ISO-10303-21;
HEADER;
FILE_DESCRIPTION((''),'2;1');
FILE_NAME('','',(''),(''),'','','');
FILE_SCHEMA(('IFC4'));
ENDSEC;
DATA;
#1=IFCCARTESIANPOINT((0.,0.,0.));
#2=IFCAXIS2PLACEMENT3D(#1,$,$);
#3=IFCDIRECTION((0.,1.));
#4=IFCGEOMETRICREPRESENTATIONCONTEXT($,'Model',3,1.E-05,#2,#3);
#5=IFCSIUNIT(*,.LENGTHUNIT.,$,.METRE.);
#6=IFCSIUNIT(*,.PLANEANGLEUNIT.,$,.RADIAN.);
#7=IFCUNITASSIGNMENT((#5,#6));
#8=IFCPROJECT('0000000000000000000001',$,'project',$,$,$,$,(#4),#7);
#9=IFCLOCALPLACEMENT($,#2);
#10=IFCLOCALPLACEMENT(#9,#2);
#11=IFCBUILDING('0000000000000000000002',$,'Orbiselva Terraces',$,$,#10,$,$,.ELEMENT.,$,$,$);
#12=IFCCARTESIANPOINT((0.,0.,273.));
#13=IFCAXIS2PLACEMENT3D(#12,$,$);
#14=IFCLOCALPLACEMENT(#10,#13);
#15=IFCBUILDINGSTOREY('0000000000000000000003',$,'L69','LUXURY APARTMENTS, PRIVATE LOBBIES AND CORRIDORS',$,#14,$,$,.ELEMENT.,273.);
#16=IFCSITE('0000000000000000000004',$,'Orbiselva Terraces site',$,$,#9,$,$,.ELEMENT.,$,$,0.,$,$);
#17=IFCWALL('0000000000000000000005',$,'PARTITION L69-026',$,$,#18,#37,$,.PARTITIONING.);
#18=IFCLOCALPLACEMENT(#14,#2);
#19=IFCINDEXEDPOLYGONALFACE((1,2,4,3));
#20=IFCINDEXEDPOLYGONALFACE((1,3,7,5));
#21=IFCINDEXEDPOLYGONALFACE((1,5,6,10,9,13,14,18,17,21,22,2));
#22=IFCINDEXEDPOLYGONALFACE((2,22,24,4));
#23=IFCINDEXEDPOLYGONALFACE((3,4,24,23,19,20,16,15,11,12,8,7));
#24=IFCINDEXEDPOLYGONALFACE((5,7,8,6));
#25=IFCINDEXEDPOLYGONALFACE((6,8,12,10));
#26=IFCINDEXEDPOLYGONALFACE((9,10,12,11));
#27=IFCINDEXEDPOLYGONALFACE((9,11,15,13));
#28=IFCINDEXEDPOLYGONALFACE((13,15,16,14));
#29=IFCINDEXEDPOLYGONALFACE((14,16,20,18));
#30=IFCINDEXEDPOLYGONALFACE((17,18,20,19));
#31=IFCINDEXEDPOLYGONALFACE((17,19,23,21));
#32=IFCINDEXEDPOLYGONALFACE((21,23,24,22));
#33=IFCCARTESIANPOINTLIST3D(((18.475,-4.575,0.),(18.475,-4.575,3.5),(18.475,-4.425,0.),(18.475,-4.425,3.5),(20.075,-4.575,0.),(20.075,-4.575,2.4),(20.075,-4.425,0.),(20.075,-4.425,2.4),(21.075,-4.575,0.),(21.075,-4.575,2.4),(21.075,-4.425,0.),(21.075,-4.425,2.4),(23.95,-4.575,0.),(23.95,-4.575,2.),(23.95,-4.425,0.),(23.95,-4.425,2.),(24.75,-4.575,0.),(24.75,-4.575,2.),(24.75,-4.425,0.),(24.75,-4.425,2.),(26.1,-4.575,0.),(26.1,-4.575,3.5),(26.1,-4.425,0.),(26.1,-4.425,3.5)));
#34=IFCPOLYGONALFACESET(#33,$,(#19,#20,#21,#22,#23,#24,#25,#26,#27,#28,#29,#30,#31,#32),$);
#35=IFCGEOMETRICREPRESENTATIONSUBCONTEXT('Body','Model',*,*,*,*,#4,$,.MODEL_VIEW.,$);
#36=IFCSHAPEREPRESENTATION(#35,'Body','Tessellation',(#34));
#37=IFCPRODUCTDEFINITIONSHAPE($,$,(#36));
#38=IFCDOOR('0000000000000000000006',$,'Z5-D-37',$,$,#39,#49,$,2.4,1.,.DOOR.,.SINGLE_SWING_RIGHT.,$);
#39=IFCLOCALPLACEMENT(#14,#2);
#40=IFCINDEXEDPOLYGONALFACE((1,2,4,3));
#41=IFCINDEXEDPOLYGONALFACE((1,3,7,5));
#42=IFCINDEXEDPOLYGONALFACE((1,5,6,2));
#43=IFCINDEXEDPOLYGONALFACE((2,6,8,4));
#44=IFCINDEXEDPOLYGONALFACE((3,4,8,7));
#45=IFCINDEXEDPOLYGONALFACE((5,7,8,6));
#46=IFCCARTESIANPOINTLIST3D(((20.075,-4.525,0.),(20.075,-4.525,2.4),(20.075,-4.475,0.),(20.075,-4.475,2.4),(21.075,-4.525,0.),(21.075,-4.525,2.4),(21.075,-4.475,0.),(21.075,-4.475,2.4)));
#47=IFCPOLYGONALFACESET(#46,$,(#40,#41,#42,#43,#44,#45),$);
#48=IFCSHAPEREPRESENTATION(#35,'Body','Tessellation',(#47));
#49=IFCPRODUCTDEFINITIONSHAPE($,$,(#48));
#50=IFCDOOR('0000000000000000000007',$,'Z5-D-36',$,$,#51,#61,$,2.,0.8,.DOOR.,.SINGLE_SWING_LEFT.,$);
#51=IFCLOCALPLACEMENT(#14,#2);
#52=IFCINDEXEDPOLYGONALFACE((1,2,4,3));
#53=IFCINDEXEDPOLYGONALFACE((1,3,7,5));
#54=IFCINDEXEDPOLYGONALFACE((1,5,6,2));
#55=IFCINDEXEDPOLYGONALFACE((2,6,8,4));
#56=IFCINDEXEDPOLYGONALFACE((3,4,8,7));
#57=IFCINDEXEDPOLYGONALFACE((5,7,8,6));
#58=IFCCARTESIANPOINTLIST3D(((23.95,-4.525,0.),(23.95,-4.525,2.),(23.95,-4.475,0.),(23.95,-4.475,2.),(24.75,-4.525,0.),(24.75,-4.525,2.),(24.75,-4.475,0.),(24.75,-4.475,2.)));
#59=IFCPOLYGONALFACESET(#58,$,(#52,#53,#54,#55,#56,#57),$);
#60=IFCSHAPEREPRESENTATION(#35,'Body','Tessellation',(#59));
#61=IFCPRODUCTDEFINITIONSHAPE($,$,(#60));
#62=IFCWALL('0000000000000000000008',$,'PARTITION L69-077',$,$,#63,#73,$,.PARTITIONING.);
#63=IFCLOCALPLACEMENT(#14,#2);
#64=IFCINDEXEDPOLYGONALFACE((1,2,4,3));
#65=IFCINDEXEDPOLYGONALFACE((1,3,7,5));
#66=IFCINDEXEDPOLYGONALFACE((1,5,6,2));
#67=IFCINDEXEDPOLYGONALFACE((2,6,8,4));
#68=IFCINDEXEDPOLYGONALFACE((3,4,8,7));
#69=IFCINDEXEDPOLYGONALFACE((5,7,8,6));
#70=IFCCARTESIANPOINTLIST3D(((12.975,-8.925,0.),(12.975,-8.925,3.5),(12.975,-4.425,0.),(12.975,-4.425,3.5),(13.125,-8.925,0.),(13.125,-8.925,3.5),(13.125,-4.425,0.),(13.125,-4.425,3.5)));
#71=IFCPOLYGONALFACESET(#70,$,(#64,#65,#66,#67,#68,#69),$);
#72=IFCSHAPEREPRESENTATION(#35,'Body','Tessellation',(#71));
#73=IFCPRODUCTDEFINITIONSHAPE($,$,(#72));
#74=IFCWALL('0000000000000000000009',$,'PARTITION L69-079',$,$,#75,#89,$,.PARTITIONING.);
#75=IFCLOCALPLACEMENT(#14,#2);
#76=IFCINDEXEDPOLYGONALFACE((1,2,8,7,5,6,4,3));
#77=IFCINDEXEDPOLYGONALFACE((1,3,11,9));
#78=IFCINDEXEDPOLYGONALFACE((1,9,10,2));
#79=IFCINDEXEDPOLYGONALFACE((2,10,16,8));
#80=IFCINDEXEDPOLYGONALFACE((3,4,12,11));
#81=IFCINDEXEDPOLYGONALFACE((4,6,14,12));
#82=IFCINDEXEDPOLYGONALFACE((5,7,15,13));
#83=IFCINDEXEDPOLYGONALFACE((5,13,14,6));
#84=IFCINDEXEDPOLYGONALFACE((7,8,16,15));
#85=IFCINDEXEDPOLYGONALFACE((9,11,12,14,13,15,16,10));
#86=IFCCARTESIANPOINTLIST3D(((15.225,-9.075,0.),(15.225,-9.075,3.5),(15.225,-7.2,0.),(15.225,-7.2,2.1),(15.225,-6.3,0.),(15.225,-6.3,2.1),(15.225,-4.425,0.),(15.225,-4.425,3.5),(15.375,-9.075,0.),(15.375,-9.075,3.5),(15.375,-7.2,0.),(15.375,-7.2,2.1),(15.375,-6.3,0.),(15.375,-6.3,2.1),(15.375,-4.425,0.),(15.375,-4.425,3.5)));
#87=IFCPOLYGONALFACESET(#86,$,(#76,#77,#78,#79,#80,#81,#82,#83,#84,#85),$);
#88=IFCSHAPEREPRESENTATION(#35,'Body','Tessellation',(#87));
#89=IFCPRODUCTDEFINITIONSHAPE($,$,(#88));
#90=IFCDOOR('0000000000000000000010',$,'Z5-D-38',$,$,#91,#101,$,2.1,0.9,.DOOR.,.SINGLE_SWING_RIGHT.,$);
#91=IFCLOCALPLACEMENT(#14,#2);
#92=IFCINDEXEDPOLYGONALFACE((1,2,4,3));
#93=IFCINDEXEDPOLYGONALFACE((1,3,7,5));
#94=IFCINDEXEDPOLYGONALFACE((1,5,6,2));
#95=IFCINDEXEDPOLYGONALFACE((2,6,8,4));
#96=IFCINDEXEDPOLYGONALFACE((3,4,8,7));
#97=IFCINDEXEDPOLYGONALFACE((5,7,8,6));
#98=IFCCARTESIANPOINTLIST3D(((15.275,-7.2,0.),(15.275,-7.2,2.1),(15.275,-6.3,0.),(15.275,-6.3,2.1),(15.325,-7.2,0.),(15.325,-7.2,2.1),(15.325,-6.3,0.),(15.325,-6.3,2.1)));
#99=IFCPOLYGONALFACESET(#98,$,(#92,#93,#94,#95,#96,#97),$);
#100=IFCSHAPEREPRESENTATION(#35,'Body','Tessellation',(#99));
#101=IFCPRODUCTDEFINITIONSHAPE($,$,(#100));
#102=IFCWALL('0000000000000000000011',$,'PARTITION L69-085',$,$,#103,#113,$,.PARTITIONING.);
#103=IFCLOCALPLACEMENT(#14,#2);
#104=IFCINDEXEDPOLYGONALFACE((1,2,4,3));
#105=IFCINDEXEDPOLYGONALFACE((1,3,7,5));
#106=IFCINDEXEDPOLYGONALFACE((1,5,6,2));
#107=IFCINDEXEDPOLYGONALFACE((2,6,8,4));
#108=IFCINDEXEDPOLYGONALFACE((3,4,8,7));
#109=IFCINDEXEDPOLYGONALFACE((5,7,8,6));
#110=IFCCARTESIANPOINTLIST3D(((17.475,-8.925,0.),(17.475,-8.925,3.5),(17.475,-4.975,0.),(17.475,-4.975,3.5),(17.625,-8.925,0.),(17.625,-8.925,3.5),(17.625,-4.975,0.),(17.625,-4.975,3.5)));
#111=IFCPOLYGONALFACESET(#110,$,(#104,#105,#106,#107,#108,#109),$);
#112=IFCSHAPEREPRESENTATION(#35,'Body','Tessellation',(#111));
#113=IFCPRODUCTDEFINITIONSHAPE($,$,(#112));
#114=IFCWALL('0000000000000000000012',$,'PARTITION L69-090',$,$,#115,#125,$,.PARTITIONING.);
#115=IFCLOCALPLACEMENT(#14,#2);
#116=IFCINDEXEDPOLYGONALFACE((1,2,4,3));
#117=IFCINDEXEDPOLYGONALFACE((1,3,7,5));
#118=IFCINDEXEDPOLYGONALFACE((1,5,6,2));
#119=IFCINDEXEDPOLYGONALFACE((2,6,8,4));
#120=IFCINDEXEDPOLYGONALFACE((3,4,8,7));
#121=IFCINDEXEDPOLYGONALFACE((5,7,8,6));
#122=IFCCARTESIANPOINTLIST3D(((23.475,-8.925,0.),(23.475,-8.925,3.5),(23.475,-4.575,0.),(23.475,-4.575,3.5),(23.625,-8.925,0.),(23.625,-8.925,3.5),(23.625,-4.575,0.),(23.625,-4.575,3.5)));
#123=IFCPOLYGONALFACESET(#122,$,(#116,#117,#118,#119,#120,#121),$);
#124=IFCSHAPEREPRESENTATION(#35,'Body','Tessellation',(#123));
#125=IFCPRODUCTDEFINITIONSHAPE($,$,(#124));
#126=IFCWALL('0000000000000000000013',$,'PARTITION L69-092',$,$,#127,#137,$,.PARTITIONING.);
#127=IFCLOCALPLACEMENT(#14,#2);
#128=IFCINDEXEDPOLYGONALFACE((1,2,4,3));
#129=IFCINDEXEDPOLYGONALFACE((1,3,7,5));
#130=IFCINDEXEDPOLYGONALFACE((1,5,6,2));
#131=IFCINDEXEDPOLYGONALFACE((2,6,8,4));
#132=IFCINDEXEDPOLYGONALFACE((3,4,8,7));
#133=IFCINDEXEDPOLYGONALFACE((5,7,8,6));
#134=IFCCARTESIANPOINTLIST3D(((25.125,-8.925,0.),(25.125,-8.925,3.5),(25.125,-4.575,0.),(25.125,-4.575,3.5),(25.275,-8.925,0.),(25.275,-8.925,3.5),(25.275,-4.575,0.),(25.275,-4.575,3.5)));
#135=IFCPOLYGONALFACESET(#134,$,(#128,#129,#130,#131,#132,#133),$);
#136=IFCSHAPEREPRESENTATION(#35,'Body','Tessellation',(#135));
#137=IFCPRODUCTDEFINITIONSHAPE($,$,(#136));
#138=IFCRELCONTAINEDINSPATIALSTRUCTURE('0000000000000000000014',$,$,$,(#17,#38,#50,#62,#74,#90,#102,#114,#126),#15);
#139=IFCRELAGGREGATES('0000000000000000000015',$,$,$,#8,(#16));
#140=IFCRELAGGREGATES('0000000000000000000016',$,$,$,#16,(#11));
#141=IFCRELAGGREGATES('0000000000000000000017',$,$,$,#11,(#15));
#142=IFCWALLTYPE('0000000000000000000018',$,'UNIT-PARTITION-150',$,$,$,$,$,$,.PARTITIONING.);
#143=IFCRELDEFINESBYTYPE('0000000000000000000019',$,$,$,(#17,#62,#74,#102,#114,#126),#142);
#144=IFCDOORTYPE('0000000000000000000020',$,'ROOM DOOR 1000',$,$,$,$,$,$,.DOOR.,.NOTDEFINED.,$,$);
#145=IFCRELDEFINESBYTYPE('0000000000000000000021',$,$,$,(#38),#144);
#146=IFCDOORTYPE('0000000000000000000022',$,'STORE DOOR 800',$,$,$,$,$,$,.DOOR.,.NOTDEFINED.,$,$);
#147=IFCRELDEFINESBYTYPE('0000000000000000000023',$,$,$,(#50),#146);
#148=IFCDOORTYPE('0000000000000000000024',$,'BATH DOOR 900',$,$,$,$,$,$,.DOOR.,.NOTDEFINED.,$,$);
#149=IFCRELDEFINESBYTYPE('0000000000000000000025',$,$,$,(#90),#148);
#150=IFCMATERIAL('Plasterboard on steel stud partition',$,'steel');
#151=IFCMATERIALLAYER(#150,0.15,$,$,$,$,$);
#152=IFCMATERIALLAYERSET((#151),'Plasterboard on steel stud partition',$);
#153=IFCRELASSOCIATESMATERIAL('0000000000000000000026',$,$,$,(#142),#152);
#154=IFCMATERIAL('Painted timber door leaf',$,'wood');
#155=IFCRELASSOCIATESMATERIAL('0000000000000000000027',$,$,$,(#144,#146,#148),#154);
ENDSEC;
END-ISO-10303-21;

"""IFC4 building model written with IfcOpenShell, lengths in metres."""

from ifc_helpers import new_model, si_unit, direction, frame, frame_2d, origin, place, context, subcontext, project, spatial, rectangle, extrude, material, layer, layer_set, type_object, element, fill, save


model = new_model("IFC4")

# Units and contexts
model_context = context("Model", 3, precision=1e-05, world=origin(), true_north=direction((0.0, 1.0)))
body_context = subcontext(model_context, "Body", "Model", "MODEL_VIEW")
ifc_project = project(units=[si_unit("LENGTHUNIT", "METRE"), si_unit("PLANEANGLEUNIT", "RADIAN")], contexts=[model_context])

# Site, building, storey
site_placement = place(None, origin())
site = spatial("IfcSite", under=ifc_project, at=site_placement, Name="Orbiselva Terraces site", CompositionType="ELEMENT", RefElevation=0.0)
building_placement = place(site_placement, origin())
building = spatial("IfcBuilding", under=site, at=building_placement, Name="Orbiselva Terraces", CompositionType="ELEMENT")
storey_placement = place(building_placement, frame((0.0, 0.0, 273.0)))
storey = spatial("IfcBuildingStorey", under=building, at=storey_placement, Name="L69", Description="LUXURY APARTMENTS, PRIVATE LOBBIES AND CORRIDORS", CompositionType="ELEMENT", Elevation=273.0)

# Shared definitions
ifc_material_1 = material(Name="Plasterboard on steel stud partition", Category="steel")

# Shared definitions
ifc_layer_1 = layer(ifc_material_1, 0.15)
ifc_layer_set_1 = layer_set([ifc_layer_1], Name="Plasterboard on steel stud partition")
wall_type_1 = type_object("IfcWallType", Name="UNIT-PARTITION-150", PredefinedType="PARTITIONING", material=ifc_layer_set_1)
ifc_material_2 = material(Name="Painted timber door leaf", Category="wood")
door_type_1 = type_object("IfcDoorType", Name="ROOM DOOR 1000", OperationType="NOTDEFINED", PredefinedType="DOOR", material=ifc_material_2)

# Shared definitions
door_type_2 = type_object("IfcDoorType", Name="STORE DOOR 800", OperationType="NOTDEFINED", PredefinedType="DOOR", material=ifc_material_2)

# Wall, openings, doors
wall_1_placement = place(storey_placement, frame((26.1, -4.5, 0.0), z_axis=(0.0, 0.0, 1.0), x_axis=(-1.0, 0.0, 0.0)))
wall_1 = element("IfcWall", 1, at=wall_1_placement, inside=storey, type_object=wall_type_1, Name="PARTITION L69-026", PredefinedType="PARTITIONING", context=body_context, shape_type="SweptSolid", body=[
    extrude(rectangle(XDim=7.625, YDim=0.15, at=frame_2d((3.8125, 0.0))), origin(), (0.0, 0.0, 1.0), 3.5),
])
opening_1_placement = place(wall_1_placement, frame((1.35, 0.0, 0.0)))
opening_1 = element("IfcOpeningElement", 2, at=opening_1_placement, cuts=wall_1, PredefinedType="OPENING", context=body_context, shape_type="SweptSolid", body=[
    extrude(rectangle(XDim=0.8, YDim=2.0, at=frame_2d((0.4, 1.0))), frame((0.0, 0.085, 0.0), z_axis=(0.0, -1.0, 0.0), x_axis=(1.0, 0.0, 0.0)), (0.0, 0.0, 1.0), 0.17),
])
opening_2_placement = place(wall_1_placement, frame((5.025, 0.0, 0.0)))
opening_2 = element("IfcOpeningElement", 3, at=opening_2_placement, cuts=wall_1, PredefinedType="OPENING", context=body_context, shape_type="SweptSolid", body=[
    extrude(rectangle(XDim=1.0, YDim=2.4, at=frame_2d((0.5, 1.2))), frame((0.0, 0.085, 0.0), z_axis=(0.0, -1.0, 0.0), x_axis=(1.0, 0.0, 0.0)), (0.0, 0.0, 1.0), 0.17),
])
door_1_placement = place(opening_2_placement, origin())
door_1 = element("IfcDoor", 4, at=door_1_placement, inside=storey, type_object=door_type_1, Name="Z5-D-37", OperationType="SINGLE_SWING_RIGHT", OverallHeight=2.4, OverallWidth=1.0, PredefinedType="DOOR", context=body_context, shape_type="SweptSolid", body=[
    extrude(rectangle(XDim=1.0, YDim=2.4, at=frame_2d((0.5, 1.2))), frame((0.0, 0.025, 0.0), z_axis=(0.0, -1.0, 0.0), x_axis=(1.0, 0.0, 0.0)), (0.0, 0.0, 1.0), 0.05),
])
fill(opening_2, door_1)
door_2_placement = place(opening_1_placement, origin())
door_2 = element("IfcDoor", 5, at=door_2_placement, inside=storey, type_object=door_type_2, Name="Z5-D-36", OperationType="SINGLE_SWING_LEFT", OverallHeight=2.0, OverallWidth=0.8, PredefinedType="DOOR", context=body_context, shape_type="SweptSolid", body=[
    extrude(rectangle(XDim=0.8, YDim=2.0, at=frame_2d((0.4, 1.0))), frame((0.0, 0.025, 0.0), z_axis=(0.0, -1.0, 0.0), x_axis=(1.0, 0.0, 0.0)), (0.0, 0.0, 1.0), 0.05),
])
fill(opening_1, door_2)

# Wall
wall_2_placement = place(storey_placement, frame((13.05, -8.925, 0.0), z_axis=(0.0, 0.0, 1.0), x_axis=(0.0, 1.0, 0.0)))
element("IfcWall", 6, at=wall_2_placement, inside=storey, type_object=wall_type_1, Name="PARTITION L69-077", PredefinedType="PARTITIONING", context=body_context, shape_type="SweptSolid", body=[
    extrude(rectangle(XDim=4.5, YDim=0.15, at=frame_2d((2.25, 0.0))), origin(), (0.0, 0.0, 1.0), 3.5),
])

# Wall, opening, door
wall_3_placement = place(storey_placement, frame((15.3, -4.425, 0.0), z_axis=(0.0, 0.0, 1.0), x_axis=(0.0, -1.0, 0.0)))
wall_3 = element("IfcWall", 7, at=wall_3_placement, inside=storey, type_object=wall_type_1, Name="PARTITION L69-079", PredefinedType="PARTITIONING", context=body_context, shape_type="SweptSolid", body=[
    extrude(rectangle(XDim=4.65, YDim=0.15, at=frame_2d((2.325, 0.0))), origin(), (0.0, 0.0, 1.0), 3.5),
])
opening_3_placement = place(wall_3_placement, frame((1.875, 0.0, 0.0)))
opening_3 = element("IfcOpeningElement", 8, at=opening_3_placement, cuts=wall_3, PredefinedType="OPENING", context=body_context, shape_type="SweptSolid", body=[
    extrude(rectangle(XDim=0.9, YDim=2.1, at=frame_2d((0.45, 1.05))), frame((0.0, 0.085, 0.0), z_axis=(0.0, -1.0, 0.0), x_axis=(1.0, 0.0, 0.0)), (0.0, 0.0, 1.0), 0.17),
])
door_type_3 = type_object("IfcDoorType", Name="BATH DOOR 900", OperationType="NOTDEFINED", PredefinedType="DOOR", material=ifc_material_2)
door_3_placement = place(opening_3_placement, origin())
door_3 = element("IfcDoor", 9, at=door_3_placement, inside=storey, type_object=door_type_3, Name="Z5-D-38", OperationType="SINGLE_SWING_RIGHT", OverallHeight=2.1, OverallWidth=0.9, PredefinedType="DOOR", context=body_context, shape_type="SweptSolid", body=[
    extrude(rectangle(XDim=0.9, YDim=2.1, at=frame_2d((0.45, 1.05))), frame((0.0, 0.025, 0.0), z_axis=(0.0, -1.0, 0.0), x_axis=(1.0, 0.0, 0.0)), (0.0, 0.0, 1.0), 0.05),
])
fill(opening_3, door_3)

# Walls
wall_4_placement = place(storey_placement, frame((17.55, -8.925, 0.0), z_axis=(0.0, 0.0, 1.0), x_axis=(0.0, 1.0, 0.0)))
element("IfcWall", 10, at=wall_4_placement, inside=storey, type_object=wall_type_1, Name="PARTITION L69-085", PredefinedType="PARTITIONING", context=body_context, shape_type="SweptSolid", body=[
    extrude(rectangle(XDim=3.95, YDim=0.15, at=frame_2d((1.975, 0.0))), origin(), (0.0, 0.0, 1.0), 3.5),
])
for number, where, z_axis, x_axis, name in (
    (11, (23.55, -8.925, 0.0), (0.0, 0.0, 1.0), (0.0, 1.0, 0.0), "PARTITION L69-090"),
    (12, (25.2, -8.925, 0.0), (0.0, 0.0, 1.0), (0.0, 1.0, 0.0), "PARTITION L69-092"),
):
    element("IfcWall", number, at=place(storey_placement, frame(where, z_axis=z_axis, x_axis=x_axis)), inside=storey, type_object=wall_type_1, Name=name, PredefinedType="PARTITIONING", context=body_context, shape_type="SweptSolid", body=[
        extrude(rectangle(XDim=4.35, YDim=0.15, at=frame_2d((2.175, 0.0))), origin(), (0.0, 0.0, 1.0), 3.5),
    ])

save(model, "model.ifc")
